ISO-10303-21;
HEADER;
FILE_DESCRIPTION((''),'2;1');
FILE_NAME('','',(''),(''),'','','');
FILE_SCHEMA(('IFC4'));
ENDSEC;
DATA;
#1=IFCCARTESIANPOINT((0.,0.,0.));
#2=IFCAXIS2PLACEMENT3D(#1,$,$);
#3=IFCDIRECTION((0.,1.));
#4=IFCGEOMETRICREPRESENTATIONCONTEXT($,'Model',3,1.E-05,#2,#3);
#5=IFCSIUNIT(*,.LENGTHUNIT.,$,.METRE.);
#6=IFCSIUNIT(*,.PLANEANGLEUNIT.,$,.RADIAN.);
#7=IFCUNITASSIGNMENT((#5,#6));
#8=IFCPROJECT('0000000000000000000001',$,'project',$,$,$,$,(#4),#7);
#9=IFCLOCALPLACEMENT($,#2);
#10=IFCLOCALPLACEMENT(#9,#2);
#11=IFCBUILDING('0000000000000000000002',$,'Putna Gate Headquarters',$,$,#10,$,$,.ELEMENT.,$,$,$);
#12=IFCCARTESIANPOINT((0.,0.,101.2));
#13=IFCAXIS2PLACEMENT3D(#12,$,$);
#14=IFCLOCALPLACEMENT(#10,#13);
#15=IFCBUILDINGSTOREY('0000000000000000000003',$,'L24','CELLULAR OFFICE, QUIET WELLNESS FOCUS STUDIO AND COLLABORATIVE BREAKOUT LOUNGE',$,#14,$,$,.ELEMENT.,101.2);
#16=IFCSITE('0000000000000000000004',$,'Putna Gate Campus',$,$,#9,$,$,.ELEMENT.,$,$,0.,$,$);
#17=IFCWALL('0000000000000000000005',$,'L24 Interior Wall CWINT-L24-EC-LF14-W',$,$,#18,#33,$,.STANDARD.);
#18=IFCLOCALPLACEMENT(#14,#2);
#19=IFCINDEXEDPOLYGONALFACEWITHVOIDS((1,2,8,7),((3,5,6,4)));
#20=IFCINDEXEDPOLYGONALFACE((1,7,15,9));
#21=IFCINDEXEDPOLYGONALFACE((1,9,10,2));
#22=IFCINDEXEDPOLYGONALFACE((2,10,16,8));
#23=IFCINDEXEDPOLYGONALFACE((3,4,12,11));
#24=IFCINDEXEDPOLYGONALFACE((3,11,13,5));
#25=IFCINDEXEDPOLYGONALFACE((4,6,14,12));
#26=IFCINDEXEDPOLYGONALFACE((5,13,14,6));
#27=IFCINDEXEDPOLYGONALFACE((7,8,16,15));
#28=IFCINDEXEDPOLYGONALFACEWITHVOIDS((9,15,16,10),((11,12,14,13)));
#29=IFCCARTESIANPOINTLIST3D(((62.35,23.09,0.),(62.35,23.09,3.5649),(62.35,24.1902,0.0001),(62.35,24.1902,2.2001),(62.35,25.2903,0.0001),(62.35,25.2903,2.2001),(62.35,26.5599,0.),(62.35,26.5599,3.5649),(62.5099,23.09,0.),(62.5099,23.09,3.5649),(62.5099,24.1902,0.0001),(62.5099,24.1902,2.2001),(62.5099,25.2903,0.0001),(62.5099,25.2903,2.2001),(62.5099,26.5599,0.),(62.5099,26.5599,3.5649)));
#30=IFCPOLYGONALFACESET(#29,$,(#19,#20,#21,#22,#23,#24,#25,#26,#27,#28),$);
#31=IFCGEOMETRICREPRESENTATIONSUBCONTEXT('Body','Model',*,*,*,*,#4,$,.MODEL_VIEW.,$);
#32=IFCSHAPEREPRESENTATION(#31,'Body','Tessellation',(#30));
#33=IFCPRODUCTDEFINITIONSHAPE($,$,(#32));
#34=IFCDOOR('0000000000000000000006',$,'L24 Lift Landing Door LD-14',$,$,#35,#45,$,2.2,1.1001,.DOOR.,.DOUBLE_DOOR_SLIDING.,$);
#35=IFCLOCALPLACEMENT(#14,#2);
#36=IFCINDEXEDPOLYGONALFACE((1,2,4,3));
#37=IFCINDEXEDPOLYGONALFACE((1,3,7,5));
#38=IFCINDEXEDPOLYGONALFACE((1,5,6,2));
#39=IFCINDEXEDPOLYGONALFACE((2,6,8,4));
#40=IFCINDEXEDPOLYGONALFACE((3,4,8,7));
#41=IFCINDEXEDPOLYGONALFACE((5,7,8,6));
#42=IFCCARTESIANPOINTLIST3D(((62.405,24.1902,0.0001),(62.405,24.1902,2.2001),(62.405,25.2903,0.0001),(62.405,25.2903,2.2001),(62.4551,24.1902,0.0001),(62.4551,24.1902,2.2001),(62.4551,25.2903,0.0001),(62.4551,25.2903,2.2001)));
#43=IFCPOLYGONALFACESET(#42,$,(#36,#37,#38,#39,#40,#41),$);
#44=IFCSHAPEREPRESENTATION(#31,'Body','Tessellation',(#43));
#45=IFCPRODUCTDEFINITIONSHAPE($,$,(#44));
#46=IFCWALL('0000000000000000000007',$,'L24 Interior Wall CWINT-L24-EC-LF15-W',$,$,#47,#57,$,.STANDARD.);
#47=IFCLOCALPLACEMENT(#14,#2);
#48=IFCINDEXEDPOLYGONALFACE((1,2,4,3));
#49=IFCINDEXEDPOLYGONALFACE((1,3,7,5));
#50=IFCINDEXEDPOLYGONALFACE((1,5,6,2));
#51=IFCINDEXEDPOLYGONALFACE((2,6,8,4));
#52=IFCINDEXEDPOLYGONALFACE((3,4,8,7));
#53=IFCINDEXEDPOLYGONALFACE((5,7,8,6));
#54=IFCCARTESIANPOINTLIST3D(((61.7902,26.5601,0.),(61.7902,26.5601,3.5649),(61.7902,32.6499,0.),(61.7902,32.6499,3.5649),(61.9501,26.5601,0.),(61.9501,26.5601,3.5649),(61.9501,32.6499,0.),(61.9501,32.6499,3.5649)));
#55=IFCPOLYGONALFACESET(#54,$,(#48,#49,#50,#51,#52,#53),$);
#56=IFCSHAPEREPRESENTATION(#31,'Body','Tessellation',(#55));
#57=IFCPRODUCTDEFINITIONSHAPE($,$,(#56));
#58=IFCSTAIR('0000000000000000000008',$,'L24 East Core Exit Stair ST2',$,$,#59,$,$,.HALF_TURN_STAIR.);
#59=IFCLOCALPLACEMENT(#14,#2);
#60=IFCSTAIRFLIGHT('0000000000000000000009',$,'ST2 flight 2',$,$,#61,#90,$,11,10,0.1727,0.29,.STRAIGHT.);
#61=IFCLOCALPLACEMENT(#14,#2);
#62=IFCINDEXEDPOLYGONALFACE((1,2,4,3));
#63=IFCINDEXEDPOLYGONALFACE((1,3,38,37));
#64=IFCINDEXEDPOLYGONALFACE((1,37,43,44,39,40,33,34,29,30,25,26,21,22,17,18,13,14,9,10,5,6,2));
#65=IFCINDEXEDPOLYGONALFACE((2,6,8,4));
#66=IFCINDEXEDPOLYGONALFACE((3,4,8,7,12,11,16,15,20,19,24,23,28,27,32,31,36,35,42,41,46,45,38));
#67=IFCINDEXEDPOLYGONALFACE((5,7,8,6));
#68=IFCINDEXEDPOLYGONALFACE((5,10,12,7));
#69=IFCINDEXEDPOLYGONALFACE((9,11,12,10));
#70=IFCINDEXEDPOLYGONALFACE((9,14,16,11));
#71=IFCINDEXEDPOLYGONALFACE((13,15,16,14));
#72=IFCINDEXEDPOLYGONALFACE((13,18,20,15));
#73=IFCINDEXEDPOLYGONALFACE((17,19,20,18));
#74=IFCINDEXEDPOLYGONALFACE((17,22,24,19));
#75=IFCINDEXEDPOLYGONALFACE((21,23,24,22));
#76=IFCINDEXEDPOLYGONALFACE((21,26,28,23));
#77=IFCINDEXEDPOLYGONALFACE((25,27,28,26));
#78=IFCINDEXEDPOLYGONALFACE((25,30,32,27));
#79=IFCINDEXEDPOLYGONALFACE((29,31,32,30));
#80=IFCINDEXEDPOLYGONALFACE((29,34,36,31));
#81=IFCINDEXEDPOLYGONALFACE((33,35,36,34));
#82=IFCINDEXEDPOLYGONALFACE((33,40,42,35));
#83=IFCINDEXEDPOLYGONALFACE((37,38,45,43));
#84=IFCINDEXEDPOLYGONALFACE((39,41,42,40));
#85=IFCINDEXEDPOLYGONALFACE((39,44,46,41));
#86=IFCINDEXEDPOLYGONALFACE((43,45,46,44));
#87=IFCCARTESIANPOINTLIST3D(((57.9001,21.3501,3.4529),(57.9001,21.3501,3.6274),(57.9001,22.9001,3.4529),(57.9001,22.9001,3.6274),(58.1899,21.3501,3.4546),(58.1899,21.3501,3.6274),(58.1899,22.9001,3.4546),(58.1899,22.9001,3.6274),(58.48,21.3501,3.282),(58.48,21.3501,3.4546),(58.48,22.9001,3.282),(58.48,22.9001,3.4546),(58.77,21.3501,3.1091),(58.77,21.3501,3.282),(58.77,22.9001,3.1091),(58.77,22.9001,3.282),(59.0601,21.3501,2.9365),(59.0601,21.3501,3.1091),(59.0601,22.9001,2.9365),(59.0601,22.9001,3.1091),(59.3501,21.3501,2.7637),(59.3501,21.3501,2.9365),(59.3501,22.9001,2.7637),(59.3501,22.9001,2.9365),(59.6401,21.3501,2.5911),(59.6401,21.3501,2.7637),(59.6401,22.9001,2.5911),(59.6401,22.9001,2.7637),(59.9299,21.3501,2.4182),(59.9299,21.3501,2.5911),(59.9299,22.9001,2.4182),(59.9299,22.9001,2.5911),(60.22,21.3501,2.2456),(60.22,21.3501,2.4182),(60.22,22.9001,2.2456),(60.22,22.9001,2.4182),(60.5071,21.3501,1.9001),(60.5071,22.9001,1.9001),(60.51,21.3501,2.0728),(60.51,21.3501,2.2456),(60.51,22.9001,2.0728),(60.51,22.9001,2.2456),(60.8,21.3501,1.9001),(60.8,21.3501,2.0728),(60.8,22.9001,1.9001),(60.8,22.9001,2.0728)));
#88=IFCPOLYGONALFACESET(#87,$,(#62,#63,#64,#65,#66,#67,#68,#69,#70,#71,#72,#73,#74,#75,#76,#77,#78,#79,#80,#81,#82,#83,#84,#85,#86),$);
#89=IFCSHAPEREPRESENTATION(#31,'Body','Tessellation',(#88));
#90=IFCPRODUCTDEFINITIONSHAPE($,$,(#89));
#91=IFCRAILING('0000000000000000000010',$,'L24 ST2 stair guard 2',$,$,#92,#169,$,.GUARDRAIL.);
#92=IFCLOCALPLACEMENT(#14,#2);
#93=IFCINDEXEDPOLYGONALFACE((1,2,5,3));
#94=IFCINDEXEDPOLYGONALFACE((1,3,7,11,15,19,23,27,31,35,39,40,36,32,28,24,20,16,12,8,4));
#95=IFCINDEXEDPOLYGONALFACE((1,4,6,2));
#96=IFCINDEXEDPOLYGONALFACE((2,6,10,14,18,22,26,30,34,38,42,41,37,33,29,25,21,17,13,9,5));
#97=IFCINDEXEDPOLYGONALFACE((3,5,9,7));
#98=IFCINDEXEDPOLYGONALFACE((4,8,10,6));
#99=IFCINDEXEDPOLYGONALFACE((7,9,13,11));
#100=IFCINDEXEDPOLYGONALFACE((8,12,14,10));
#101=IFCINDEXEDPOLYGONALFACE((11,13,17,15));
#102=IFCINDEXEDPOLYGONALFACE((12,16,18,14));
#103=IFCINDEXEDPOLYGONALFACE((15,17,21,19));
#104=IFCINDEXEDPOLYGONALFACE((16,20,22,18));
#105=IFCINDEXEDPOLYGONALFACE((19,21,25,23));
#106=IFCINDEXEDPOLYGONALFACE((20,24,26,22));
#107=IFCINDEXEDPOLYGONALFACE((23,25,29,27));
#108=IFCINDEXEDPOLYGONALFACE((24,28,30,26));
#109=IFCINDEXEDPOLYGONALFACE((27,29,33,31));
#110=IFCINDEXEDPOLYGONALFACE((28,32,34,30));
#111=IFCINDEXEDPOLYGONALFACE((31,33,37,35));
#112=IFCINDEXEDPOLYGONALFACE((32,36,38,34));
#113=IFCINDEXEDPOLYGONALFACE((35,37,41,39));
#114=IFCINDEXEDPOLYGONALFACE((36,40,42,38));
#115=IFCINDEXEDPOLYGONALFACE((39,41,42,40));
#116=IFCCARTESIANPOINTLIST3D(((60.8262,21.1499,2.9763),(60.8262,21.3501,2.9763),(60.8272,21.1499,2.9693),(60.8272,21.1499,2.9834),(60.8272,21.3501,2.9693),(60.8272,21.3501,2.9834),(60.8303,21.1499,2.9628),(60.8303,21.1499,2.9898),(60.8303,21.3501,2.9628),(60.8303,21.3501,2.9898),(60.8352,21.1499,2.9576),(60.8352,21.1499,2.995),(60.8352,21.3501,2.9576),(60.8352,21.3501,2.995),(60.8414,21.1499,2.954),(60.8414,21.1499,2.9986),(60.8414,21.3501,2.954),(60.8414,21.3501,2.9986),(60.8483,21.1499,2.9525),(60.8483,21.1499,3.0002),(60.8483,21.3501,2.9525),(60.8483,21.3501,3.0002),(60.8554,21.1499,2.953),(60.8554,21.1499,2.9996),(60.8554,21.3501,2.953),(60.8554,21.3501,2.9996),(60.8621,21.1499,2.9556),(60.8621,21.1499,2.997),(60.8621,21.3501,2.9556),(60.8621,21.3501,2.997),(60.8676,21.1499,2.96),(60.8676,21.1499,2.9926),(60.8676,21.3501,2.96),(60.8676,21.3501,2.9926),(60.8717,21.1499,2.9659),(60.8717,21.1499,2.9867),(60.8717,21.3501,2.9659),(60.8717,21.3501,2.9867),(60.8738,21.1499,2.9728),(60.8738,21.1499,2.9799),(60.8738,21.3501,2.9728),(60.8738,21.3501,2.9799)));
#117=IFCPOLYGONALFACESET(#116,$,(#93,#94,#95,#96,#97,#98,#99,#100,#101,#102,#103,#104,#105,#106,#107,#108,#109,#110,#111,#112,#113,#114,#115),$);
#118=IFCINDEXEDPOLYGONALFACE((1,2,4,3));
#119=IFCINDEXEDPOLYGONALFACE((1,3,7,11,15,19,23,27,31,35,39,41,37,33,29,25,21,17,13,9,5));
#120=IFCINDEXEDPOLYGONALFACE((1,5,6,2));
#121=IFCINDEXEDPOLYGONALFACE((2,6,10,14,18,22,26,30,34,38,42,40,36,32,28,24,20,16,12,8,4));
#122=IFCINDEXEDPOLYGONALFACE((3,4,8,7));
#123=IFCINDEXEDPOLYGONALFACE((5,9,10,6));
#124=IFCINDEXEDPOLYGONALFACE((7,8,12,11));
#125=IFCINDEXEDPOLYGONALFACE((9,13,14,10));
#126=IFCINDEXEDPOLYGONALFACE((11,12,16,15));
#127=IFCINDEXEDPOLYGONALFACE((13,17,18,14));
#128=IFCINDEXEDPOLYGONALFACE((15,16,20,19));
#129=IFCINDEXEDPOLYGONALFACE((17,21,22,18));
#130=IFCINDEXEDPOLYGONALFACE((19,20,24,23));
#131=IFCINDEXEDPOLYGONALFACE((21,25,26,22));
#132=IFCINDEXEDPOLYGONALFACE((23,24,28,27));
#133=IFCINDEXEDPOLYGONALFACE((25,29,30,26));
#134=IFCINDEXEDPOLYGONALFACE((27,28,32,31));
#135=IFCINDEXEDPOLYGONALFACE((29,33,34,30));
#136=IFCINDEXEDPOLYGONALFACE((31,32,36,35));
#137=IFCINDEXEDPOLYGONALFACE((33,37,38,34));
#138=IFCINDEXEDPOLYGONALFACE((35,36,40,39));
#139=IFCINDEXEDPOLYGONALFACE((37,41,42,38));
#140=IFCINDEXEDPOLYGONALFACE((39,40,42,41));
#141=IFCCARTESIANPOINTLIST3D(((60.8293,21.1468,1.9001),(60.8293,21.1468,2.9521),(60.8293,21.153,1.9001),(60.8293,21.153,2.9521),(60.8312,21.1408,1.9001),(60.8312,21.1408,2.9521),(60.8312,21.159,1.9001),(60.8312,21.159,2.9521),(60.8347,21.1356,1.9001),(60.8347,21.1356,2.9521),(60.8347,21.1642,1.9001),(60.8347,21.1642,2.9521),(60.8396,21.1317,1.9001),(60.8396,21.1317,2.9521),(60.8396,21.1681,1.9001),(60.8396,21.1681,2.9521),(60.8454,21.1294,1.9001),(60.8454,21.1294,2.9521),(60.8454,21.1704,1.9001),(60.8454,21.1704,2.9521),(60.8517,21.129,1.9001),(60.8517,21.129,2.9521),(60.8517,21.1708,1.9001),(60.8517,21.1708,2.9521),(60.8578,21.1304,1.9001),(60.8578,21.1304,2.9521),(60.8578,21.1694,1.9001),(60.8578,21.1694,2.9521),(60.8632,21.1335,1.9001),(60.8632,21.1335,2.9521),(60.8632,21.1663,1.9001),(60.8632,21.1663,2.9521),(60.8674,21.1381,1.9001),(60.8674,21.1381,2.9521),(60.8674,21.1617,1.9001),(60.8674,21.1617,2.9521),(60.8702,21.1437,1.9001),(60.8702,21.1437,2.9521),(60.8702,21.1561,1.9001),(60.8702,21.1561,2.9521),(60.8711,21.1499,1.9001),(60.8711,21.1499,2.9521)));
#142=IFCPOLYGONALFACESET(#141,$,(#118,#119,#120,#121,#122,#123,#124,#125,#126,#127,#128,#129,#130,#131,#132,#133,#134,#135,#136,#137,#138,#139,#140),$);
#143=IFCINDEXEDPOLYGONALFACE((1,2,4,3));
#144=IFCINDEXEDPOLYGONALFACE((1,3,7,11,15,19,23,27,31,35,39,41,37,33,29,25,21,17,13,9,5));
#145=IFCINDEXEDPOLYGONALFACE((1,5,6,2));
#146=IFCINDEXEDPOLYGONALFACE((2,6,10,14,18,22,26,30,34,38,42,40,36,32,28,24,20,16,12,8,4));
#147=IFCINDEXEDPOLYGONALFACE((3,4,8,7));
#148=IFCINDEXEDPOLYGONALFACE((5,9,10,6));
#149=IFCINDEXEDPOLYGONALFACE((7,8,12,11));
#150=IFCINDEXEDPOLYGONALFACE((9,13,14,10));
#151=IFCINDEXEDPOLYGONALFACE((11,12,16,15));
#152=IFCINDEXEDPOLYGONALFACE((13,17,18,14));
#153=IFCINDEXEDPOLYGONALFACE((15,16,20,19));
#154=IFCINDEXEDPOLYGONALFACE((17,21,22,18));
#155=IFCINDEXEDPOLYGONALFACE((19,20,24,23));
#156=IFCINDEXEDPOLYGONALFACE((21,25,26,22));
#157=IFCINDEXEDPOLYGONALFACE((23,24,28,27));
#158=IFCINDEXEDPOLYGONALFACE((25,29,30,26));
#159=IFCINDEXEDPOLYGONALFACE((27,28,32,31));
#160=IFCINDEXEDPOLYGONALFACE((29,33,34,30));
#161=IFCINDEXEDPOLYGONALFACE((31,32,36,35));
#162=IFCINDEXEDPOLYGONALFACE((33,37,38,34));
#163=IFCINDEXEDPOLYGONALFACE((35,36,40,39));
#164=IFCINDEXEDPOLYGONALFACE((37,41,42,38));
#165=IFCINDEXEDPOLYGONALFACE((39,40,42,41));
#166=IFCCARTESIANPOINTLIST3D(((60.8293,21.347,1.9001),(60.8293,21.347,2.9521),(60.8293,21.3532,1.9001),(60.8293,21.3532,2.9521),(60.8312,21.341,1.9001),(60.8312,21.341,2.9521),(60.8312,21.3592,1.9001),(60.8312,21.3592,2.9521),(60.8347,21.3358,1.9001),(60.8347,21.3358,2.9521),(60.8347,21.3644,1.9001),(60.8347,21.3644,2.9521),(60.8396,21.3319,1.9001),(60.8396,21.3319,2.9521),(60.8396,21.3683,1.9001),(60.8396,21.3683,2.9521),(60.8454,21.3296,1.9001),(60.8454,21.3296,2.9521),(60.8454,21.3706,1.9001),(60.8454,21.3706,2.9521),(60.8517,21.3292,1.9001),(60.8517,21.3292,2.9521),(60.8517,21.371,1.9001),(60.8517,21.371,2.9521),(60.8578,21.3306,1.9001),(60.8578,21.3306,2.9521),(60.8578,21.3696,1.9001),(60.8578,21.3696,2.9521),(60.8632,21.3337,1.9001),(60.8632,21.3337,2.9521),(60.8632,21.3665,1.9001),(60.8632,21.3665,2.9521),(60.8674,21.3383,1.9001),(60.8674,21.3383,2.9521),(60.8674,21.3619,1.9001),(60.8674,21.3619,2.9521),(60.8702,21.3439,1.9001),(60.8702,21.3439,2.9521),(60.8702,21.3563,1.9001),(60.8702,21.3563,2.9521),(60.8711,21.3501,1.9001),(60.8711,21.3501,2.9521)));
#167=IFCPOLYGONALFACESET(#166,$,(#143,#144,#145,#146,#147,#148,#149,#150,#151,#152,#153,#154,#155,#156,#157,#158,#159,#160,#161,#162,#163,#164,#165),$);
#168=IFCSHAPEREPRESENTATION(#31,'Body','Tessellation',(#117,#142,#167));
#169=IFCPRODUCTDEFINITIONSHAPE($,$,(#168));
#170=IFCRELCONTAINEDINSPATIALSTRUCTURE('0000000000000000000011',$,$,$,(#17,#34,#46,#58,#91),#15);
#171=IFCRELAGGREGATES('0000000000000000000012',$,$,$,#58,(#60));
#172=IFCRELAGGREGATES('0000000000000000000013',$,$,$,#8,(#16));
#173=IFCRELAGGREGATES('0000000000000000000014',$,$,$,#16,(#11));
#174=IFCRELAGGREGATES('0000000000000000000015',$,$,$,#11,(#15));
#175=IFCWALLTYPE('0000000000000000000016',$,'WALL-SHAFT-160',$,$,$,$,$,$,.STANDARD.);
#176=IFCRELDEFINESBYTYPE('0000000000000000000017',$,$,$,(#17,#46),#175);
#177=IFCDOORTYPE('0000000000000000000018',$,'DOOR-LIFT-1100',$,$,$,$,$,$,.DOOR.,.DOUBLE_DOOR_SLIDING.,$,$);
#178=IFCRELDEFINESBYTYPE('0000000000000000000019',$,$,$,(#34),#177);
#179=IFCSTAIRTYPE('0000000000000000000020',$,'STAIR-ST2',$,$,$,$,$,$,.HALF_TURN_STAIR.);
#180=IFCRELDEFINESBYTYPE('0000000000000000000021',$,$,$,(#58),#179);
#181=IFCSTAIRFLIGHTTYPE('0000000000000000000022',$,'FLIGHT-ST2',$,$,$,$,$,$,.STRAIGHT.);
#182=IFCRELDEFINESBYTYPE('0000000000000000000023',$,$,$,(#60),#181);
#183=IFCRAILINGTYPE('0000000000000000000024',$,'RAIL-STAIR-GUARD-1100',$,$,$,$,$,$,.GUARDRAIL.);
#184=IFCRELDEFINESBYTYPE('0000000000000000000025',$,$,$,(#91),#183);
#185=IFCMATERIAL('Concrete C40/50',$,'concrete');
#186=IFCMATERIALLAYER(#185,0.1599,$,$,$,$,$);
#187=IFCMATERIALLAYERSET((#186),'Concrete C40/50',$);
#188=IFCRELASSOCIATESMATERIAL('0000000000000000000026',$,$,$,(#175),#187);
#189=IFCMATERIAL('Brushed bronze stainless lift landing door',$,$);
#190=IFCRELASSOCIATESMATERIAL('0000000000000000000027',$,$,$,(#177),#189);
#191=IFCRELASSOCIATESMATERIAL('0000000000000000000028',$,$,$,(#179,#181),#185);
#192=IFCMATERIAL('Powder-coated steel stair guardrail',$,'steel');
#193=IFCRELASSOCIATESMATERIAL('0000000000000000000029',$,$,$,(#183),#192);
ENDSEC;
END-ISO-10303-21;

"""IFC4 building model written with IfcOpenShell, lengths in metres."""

from ifc_helpers import new_model, si_unit, direction, frame, frame_2d, origin, origin_2d, place, context, subcontext, project, spatial, polyline, rectangle, circle, outline, extrude, material, layer, layer_set, type_object, element, fill, aggregate, save


model = new_model("IFC4")

# Units and contexts
model_context = context("Model", 3, precision=1e-05, world=origin(), true_north=direction((0.0, 1.0)))
body_context = subcontext(model_context, "Body", "Model", "MODEL_VIEW")
ifc_project = project(units=[si_unit("LENGTHUNIT", "METRE"), si_unit("PLANEANGLEUNIT", "RADIAN")], contexts=[model_context])

# Site, building, storey
site_placement = place(None, origin())
site = spatial("IfcSite", under=ifc_project, at=site_placement, Name="Putna Gate Campus", CompositionType="ELEMENT", RefElevation=0.0)
building_placement = place(site_placement, origin())
building = spatial("IfcBuilding", under=site, at=building_placement, Name="Putna Gate Headquarters", CompositionType="ELEMENT")
storey_placement = place(building_placement, frame((0.0, 0.0, 101.2)))
storey = spatial("IfcBuildingStorey", under=building, at=storey_placement, Name="L24", Description="CELLULAR OFFICE, QUIET WELLNESS FOCUS STUDIO AND COLLABORATIVE BREAKOUT LOUNGE", CompositionType="ELEMENT", Elevation=101.2)

# Wall, opening, door
ifc_material_1 = material(Name="Concrete C40/50", Category="concrete")
ifc_layer_1 = layer(ifc_material_1, 0.1599)
ifc_layer_set_1 = layer_set([ifc_layer_1], Name="Concrete C40/50")
wall_type_1 = type_object("IfcWallType", Name="WALL-SHAFT-160", PredefinedType="STANDARD", material=ifc_layer_set_1)
wall_1_placement = place(storey_placement, frame((62.4299, 23.0901, 0.0), z_axis=(0.0, 0.0, 1.0), x_axis=(0.0, 1.0, 0.0)))
wall_1 = element("IfcWall", 1, at=wall_1_placement, inside=storey, type_object=wall_type_1, Name="L24 Interior Wall CWINT-L24-EC-LF14-W", PredefinedType="STANDARD", context=body_context, shape_type="SweptSolid", body=[
    extrude(rectangle(XDim=3.47, YDim=0.1599, at=frame_2d((1.7349, 0.0))), origin(), (0.0, 0.0, 1.0), 3.5649),
])
opening_1_placement = place(wall_1_placement, frame((1.1001, 0.0, 0.0)))
opening_1 = element("IfcOpeningElement", 2, at=opening_1_placement, cuts=wall_1, PredefinedType="OPENING", context=body_context, shape_type="SweptSolid", body=[
    extrude(rectangle(XDim=1.1001, YDim=2.2, at=frame_2d((0.55, 1.1001))), frame((0.0, 0.0898, 0.0), z_axis=(0.0, -1.0, 0.0), x_axis=(1.0, 0.0, 0.0)), (0.0, 0.0, 1.0), 0.1799),
])
ifc_material_2 = material(Name="Brushed bronze stainless lift landing door")
door_type_1 = type_object("IfcDoorType", Name="DOOR-LIFT-1100", OperationType="DOUBLE_DOOR_SLIDING", PredefinedType="DOOR", material=ifc_material_2)
door_1_placement = place(opening_1_placement, origin())
door_1 = element("IfcDoor", 3, at=door_1_placement, inside=storey, type_object=door_type_1, Name="L24 Lift Landing Door LD-14", OperationType="DOUBLE_DOOR_SLIDING", OverallHeight=2.2, OverallWidth=1.1001, PredefinedType="DOOR", context=body_context, shape_type="SweptSolid", body=[
    extrude(rectangle(XDim=1.1001, YDim=2.2, at=frame_2d((0.55, 1.1001))), frame((0.0, 0.0249, 0.0), z_axis=(0.0, -1.0, 0.0), x_axis=(1.0, 0.0, 0.0)), (0.0, 0.0, 1.0), 0.05),
])
fill(opening_1, door_1)

# Wall
wall_2_placement = place(storey_placement, frame((61.8701, 26.5601, 0.0), z_axis=(0.0, 0.0, 1.0), x_axis=(0.0, 1.0, 0.0)))
element("IfcWall", 4, at=wall_2_placement, inside=storey, type_object=wall_type_1, Name="L24 Interior Wall CWINT-L24-EC-LF15-W", PredefinedType="STANDARD", context=body_context, shape_type="SweptSolid", body=[
    extrude(rectangle(XDim=6.0898, YDim=0.1599, at=frame_2d((3.0449, 0.0))), origin(), (0.0, 0.0, 1.0), 3.5649),
])

# Stair, stair flight
stair_type = type_object("IfcStairType", Name="STAIR-ST2", PredefinedType="HALF_TURN_STAIR", material=ifc_material_1)
stair_placement = place(storey_placement, origin())
stair = element("IfcStair", 5, at=stair_placement, inside=storey, type_object=stair_type, Name="L24 East Core Exit Stair ST2", PredefinedType="HALF_TURN_STAIR")
stair_flight_type = type_object("IfcStairFlightType", Name="FLIGHT-ST2", PredefinedType="STRAIGHT", material=ifc_material_1)
stair_flight_placement = place(storey_placement, frame((60.8, 22.125, 1.9001), z_axis=(0.0, 0.0, 1.0), x_axis=(-1.0, 0.0, 0.0)))
stair_flight = element("IfcStairFlight", 6, at=stair_flight_placement, type_object=stair_flight_type, Name="ST2 flight 2", NumberOfRisers=11, NumberOfTreads=10, PredefinedType="STRAIGHT", RiserHeight=0.1727, TreadLength=0.29, context=body_context, shape_type="SweptSolid", body=[
    extrude(outline(polyline([(0.0, 0.0), (0.0, 0.1726), (0.29, 0.1726), (0.29, 0.3455), (0.5801, 0.3455), (0.5801, 0.5181), (0.8701, 0.5181), (0.8701, 0.6909), (1.1599, 0.6909), (1.1599, 0.8635), (1.45, 0.8635), (1.45, 1.0364), (1.74, 1.0364), (1.74, 1.209), (2.03, 1.209), (2.03, 1.3818), (2.3201, 1.3818), (2.3201, 1.5544), (2.6101, 1.5544), (2.6101, 1.7273), (2.8999, 1.7273), (2.8999, 1.8999), (2.8999, 1.5527), (0.293, 0.0), (0.0, 0.0)])), frame((0.0, 0.7749, 0.0), z_axis=(0.0, -1.0, 0.0), x_axis=(1.0, 0.0, 0.0)), (0.0, 0.0, 1.0), 1.55),
])
aggregate(stair, [stair_flight])

# Railing
ifc_material_3 = material(Name="Powder-coated steel stair guardrail", Category="steel")
railing_type_1 = type_object("IfcRailingType", Name="RAIL-STAIR-GUARD-1100", PredefinedType="GUARDRAIL", material=ifc_material_3)
railing_1_placement = place(storey_placement, frame((60.8501, 21.1499, 1.9001)))
element("IfcRailing", 7, at=railing_1_placement, inside=storey, type_object=railing_type_1, Name="L24 ST2 stair guard 2", PredefinedType="GUARDRAIL", context=body_context, shape_type="SweptSolid", body=[
    extrude(circle(Radius=0.0239, at=origin_2d()), frame((0.0, 0.0, 1.0762), z_axis=(0.0, 1.0, 0.0), x_axis=(-1.0, 0.0, 0.0)), (0.0, 0.0, 1.0), 0.2002),
    extrude(circle(Radius=0.021, at=origin_2d()), origin(), (0.0, 0.0, 1.0), 1.052),
    extrude(circle(Radius=0.021, at=origin_2d()), frame((0.0, 0.2002, 0.0)), (0.0, 0.0, 1.0), 1.052),
])

save(model, "model.ifc")
